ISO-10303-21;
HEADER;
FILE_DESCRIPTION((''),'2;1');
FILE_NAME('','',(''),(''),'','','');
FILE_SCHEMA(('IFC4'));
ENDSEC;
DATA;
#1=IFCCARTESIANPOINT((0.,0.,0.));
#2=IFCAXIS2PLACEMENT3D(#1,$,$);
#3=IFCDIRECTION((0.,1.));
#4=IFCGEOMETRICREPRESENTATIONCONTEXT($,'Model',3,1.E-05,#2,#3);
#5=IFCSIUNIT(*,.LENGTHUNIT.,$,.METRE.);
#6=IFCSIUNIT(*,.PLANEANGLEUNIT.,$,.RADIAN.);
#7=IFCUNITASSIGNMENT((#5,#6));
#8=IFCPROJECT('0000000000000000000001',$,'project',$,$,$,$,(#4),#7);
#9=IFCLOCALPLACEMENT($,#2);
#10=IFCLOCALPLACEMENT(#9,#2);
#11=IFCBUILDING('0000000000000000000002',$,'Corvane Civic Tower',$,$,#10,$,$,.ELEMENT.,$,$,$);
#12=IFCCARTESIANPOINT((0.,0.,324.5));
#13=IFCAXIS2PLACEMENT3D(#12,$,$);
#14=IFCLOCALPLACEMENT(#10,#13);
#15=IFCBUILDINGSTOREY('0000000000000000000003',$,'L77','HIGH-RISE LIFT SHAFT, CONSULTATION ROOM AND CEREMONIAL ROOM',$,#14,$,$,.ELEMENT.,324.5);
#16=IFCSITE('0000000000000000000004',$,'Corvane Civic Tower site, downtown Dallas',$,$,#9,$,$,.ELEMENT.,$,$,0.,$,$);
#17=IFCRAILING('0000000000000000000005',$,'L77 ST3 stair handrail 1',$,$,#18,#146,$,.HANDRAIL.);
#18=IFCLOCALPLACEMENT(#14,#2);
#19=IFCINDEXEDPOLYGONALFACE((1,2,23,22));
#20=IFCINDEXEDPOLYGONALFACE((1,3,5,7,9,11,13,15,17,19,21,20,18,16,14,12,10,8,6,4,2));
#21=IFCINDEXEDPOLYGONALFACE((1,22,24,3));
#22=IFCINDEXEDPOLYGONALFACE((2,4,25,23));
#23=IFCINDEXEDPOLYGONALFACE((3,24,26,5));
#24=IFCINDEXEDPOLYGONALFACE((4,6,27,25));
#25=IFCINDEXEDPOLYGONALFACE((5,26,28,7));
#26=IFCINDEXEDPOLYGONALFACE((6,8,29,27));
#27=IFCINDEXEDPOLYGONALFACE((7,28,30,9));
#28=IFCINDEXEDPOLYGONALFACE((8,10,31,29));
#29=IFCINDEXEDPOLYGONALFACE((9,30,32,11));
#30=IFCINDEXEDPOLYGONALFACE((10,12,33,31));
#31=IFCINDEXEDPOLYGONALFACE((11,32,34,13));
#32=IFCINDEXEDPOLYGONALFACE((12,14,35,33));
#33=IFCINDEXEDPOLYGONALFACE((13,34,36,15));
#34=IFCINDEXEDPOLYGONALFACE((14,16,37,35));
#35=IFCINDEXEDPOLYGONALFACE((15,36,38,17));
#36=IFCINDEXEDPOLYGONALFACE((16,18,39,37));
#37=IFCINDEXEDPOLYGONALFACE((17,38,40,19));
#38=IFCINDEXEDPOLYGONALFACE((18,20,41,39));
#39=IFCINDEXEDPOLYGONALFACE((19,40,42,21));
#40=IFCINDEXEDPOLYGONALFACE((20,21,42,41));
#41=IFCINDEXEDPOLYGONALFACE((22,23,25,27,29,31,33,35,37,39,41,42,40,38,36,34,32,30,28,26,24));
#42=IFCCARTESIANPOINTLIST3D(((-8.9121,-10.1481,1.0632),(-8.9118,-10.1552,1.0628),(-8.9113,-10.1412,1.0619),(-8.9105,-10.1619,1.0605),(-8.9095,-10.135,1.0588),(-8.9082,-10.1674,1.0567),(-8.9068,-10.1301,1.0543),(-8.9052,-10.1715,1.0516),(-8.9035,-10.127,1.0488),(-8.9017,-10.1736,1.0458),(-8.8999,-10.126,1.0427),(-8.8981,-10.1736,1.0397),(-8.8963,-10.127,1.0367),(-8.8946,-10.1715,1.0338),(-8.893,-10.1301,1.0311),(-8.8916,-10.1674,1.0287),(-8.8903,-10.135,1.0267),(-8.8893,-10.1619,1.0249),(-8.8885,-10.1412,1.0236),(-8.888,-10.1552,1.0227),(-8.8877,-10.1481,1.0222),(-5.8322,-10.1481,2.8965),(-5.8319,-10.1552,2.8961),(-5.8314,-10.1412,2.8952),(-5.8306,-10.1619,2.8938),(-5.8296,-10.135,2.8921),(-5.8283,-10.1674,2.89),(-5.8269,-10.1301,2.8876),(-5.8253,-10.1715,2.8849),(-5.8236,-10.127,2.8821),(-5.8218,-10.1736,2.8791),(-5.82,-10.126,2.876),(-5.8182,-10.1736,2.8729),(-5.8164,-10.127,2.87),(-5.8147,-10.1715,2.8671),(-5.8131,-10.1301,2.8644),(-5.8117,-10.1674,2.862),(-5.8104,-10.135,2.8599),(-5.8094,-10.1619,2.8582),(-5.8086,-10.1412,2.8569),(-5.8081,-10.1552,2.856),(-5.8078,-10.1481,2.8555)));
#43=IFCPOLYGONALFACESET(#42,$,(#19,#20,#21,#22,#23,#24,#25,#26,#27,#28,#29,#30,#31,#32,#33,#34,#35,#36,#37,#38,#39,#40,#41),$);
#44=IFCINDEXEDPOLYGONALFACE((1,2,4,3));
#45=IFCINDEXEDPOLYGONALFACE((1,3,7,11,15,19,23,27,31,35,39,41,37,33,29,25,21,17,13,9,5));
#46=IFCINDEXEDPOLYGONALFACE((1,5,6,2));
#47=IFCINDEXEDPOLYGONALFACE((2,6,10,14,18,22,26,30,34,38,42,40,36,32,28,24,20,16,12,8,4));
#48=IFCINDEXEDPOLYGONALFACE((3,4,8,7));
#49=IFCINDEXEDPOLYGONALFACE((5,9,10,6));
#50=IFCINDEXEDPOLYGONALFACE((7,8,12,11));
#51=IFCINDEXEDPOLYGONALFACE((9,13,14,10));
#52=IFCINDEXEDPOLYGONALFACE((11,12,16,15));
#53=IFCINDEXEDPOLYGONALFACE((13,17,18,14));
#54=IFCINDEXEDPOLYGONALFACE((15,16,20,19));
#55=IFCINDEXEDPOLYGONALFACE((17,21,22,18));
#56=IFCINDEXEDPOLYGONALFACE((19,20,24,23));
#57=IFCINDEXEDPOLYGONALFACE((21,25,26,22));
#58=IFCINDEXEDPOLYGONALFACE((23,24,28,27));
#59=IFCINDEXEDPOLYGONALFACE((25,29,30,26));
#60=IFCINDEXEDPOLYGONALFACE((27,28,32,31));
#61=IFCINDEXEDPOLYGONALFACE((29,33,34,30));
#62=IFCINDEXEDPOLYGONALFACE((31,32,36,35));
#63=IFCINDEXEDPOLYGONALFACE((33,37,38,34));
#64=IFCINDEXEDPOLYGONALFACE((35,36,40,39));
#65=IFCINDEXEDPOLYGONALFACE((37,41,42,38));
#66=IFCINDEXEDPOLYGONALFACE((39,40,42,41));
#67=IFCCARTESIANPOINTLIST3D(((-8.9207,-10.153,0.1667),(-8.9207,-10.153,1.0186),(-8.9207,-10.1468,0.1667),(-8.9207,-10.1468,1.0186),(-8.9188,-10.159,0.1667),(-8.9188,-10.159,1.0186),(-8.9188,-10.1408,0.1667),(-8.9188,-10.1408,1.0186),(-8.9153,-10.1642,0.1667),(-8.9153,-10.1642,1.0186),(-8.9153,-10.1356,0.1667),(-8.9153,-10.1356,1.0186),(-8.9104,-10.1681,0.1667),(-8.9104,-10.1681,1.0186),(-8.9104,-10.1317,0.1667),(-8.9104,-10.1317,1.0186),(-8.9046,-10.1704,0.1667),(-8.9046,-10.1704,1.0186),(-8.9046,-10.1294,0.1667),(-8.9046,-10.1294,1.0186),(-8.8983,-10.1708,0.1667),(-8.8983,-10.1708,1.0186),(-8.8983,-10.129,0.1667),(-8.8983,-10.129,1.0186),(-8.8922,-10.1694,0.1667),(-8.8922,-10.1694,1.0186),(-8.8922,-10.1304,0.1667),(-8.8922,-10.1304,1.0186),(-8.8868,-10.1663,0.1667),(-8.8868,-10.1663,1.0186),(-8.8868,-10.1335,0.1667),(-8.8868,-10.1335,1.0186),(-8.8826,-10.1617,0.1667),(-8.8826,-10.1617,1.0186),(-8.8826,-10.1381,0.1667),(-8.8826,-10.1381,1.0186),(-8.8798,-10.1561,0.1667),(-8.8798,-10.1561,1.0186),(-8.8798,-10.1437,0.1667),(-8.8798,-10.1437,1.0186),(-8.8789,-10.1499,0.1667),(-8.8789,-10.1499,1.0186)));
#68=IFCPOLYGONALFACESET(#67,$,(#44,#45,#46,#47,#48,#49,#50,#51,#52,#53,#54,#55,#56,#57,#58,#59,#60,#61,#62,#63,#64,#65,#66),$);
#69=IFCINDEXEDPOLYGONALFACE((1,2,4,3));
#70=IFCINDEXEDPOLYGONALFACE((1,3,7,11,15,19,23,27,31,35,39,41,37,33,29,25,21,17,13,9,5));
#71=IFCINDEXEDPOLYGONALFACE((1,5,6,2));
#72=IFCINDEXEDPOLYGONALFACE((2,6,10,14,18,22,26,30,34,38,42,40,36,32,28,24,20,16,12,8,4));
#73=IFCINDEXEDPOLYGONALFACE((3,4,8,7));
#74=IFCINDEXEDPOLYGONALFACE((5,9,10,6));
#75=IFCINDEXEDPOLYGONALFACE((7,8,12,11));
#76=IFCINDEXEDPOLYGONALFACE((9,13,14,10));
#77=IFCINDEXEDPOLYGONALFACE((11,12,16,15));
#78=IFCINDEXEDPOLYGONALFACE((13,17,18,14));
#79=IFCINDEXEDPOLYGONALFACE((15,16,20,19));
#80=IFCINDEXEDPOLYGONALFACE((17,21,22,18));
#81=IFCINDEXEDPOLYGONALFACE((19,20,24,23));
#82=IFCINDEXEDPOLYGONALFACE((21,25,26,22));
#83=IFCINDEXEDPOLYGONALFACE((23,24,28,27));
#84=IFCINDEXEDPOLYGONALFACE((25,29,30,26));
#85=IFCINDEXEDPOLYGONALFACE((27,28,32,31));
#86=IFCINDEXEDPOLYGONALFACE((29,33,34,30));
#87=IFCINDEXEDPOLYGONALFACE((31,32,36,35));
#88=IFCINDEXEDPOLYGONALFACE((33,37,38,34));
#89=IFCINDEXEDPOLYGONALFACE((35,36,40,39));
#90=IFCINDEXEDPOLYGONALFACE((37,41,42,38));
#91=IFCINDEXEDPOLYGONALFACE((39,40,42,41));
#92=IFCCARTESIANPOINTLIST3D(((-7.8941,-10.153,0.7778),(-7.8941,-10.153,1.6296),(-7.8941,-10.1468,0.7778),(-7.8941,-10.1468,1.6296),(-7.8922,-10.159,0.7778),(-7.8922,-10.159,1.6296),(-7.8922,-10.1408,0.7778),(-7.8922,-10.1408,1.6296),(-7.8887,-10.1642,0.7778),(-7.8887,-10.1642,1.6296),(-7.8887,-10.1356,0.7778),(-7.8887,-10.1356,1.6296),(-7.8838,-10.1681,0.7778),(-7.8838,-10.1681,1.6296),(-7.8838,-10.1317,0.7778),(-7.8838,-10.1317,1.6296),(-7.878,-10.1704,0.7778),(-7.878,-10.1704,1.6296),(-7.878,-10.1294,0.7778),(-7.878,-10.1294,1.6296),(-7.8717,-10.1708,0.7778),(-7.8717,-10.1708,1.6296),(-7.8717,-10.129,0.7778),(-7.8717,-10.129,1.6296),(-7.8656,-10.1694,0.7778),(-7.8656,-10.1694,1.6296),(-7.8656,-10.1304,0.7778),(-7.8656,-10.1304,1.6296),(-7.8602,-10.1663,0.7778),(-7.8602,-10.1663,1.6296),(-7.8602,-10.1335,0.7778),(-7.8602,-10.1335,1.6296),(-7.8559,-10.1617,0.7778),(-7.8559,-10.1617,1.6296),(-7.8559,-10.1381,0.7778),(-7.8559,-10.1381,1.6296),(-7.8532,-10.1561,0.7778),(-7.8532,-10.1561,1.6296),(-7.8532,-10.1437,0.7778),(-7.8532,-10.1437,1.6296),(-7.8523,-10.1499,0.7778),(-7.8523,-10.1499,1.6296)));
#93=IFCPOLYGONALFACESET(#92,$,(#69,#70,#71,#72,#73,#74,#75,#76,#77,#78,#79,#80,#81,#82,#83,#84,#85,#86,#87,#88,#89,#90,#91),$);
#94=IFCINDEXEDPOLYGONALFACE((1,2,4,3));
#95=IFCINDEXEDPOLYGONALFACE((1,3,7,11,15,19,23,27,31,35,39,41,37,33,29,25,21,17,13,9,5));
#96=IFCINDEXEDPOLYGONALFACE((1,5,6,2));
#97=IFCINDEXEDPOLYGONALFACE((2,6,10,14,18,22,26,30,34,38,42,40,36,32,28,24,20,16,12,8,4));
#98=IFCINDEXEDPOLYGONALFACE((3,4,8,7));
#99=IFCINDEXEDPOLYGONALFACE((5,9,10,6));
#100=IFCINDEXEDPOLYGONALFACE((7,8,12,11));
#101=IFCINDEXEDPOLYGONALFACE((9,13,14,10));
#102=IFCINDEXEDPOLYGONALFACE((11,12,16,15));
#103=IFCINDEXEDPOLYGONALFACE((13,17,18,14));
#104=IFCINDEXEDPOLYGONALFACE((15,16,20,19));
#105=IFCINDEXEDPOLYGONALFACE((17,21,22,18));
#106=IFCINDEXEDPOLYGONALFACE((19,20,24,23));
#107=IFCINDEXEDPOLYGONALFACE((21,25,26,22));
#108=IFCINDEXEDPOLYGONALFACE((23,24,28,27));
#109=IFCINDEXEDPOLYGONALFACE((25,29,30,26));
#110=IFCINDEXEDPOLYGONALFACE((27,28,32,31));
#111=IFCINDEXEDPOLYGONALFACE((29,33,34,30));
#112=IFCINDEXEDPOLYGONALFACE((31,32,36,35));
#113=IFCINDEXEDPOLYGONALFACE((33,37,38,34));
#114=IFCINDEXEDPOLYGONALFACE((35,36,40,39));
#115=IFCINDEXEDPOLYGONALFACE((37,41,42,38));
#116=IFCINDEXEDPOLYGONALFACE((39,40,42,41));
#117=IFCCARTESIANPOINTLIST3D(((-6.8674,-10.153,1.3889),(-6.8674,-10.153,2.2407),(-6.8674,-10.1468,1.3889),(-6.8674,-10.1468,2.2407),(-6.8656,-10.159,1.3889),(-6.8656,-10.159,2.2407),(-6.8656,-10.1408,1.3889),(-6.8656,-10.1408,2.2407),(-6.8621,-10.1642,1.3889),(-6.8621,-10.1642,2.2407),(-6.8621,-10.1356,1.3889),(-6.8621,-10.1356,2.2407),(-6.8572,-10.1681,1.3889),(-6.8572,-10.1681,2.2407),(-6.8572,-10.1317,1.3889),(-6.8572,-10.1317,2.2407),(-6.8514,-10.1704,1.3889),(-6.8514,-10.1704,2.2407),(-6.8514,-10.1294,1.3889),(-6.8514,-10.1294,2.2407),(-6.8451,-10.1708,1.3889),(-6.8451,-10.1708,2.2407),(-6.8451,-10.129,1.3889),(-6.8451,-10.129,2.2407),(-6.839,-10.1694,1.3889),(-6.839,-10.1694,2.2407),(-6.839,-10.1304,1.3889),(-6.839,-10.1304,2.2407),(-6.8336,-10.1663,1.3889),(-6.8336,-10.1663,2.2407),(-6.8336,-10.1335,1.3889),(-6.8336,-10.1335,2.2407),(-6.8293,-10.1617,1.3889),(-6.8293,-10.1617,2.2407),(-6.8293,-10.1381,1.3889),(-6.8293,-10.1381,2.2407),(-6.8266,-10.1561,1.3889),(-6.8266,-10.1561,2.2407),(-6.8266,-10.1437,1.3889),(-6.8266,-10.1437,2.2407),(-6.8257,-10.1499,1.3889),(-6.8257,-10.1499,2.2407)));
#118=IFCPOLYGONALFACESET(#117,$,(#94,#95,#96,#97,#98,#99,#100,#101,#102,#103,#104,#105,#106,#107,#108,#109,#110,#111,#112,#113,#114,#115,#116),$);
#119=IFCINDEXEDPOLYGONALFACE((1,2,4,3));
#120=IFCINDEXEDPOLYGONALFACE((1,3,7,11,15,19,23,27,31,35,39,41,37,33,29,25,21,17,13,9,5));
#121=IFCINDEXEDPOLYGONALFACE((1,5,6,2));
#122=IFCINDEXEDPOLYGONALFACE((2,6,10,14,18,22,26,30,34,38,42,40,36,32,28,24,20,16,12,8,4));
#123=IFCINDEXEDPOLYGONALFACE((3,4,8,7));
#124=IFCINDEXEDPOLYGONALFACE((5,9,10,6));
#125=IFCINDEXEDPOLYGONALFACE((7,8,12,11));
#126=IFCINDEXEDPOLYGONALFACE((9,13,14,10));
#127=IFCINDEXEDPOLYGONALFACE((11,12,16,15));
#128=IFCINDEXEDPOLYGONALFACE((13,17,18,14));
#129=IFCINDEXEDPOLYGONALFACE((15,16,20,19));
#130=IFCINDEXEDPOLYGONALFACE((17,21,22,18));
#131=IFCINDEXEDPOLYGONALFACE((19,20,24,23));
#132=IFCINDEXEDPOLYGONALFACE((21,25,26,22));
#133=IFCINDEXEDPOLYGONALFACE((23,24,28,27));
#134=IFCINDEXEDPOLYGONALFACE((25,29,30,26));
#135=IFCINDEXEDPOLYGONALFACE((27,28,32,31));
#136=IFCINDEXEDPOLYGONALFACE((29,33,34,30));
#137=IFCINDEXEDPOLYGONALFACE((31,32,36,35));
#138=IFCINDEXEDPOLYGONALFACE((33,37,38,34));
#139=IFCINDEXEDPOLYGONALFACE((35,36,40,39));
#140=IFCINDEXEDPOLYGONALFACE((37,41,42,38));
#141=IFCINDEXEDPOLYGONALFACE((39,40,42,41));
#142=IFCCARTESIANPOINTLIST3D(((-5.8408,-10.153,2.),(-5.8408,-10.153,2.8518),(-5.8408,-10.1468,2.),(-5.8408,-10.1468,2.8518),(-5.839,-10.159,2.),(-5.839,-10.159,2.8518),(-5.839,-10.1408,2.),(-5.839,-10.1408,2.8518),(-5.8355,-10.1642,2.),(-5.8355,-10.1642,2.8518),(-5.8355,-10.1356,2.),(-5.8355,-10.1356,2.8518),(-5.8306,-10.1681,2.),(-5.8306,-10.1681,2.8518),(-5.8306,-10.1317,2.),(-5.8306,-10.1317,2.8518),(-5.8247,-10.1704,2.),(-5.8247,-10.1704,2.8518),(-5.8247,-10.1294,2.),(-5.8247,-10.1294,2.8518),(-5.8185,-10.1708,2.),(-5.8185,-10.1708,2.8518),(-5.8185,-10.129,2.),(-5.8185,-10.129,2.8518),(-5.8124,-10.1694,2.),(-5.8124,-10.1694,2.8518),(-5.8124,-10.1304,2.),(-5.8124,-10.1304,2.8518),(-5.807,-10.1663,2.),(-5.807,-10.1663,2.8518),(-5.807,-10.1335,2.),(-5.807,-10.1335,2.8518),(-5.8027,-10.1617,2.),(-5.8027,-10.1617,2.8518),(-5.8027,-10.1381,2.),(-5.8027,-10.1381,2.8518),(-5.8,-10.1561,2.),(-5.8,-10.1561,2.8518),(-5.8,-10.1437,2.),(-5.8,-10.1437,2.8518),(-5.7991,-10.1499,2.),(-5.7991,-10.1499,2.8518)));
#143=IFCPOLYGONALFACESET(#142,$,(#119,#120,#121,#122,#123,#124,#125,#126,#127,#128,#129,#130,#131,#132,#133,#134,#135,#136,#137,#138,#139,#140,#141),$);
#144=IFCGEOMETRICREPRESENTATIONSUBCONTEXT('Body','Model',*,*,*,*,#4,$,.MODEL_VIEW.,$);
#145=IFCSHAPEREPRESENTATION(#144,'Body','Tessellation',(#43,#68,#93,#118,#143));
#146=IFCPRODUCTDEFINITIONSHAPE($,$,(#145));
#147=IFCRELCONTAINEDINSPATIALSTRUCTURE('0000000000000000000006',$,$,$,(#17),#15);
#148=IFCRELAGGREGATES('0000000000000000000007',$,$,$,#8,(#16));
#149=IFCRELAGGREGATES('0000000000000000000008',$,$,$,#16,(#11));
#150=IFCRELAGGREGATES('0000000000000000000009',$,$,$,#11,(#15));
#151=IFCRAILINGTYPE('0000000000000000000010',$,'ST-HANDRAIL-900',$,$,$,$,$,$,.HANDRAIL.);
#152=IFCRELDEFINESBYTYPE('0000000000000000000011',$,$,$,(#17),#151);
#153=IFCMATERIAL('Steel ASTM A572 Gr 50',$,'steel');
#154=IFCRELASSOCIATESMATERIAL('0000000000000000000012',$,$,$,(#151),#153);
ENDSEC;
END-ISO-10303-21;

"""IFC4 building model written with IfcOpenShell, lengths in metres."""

from ifc_helpers import new_model, si_unit, direction, frame, origin, origin_2d, place, context, subcontext, project, spatial, circle, extrude, material, type_object, element, save


model = new_model("IFC4")

# Units and contexts
model_context = context("Model", 3, precision=1e-05, world=origin(), true_north=direction((0.0, 1.0)))
body_context = subcontext(model_context, "Body", "Model", "MODEL_VIEW")
ifc_project = project(units=[si_unit("LENGTHUNIT", "METRE"), si_unit("PLANEANGLEUNIT", "RADIAN")], contexts=[model_context])

# Site, building, storey
site_placement = place(None, origin())
site = spatial("IfcSite", under=ifc_project, at=site_placement, Name="Corvane Civic Tower site, downtown Dallas", CompositionType="ELEMENT", RefElevation=0.0)
building_placement = place(site_placement, origin())
building = spatial("IfcBuilding", under=site, at=building_placement, Name="Corvane Civic Tower", CompositionType="ELEMENT")
storey_placement = place(building_placement, frame((0.0, 0.0, 324.5)))
storey = spatial("IfcBuildingStorey", under=building, at=storey_placement, Name="L77", Description="HIGH-RISE LIFT SHAFT, CONSULTATION ROOM AND CEREMONIAL ROOM", CompositionType="ELEMENT", Elevation=324.5)

# Railing
ifc_material_1 = material(Name="Steel ASTM A572 Gr 50", Category="steel")
railing_type_1 = type_object("IfcRailingType", Name="ST-HANDRAIL-900", PredefinedType="HANDRAIL", material=ifc_material_1)
railing_1_placement = place(storey_placement, frame((-8.8999, -10.1499, 0.1667)))
element("IfcRailing", 1, at=railing_1_placement, inside=storey, type_object=railing_type_1, Name="L77 ST3 stair handrail 1", PredefinedType="HANDRAIL", context=body_context, shape_type="SweptSolid", body=[
    extrude(circle(Radius=0.0239, at=origin_2d()), frame((0.0, 0.0, 0.876), z_axis=(0.859291, 0.0, 0.511487), x_axis=(0.0, 1.0, 0.0)), (0.0, 0.0, 1.0), 3.5842),
    extrude(circle(Radius=0.021, at=origin_2d()), origin(), (0.0, 0.0, 1.0), 0.8518),
    extrude(circle(Radius=0.021, at=origin_2d()), frame((1.0266, 0.0, 0.6111)), (0.0, 0.0, 1.0), 0.8518),
    extrude(circle(Radius=0.021, at=origin_2d()), frame((2.0532, 0.0, 1.2222)), (0.0, 0.0, 1.0), 0.8518),
    extrude(circle(Radius=0.021, at=origin_2d()), frame((3.0798, 0.0, 1.8333)), (0.0, 0.0, 1.0), 0.8518),
])

save(model, "model.ifc")
